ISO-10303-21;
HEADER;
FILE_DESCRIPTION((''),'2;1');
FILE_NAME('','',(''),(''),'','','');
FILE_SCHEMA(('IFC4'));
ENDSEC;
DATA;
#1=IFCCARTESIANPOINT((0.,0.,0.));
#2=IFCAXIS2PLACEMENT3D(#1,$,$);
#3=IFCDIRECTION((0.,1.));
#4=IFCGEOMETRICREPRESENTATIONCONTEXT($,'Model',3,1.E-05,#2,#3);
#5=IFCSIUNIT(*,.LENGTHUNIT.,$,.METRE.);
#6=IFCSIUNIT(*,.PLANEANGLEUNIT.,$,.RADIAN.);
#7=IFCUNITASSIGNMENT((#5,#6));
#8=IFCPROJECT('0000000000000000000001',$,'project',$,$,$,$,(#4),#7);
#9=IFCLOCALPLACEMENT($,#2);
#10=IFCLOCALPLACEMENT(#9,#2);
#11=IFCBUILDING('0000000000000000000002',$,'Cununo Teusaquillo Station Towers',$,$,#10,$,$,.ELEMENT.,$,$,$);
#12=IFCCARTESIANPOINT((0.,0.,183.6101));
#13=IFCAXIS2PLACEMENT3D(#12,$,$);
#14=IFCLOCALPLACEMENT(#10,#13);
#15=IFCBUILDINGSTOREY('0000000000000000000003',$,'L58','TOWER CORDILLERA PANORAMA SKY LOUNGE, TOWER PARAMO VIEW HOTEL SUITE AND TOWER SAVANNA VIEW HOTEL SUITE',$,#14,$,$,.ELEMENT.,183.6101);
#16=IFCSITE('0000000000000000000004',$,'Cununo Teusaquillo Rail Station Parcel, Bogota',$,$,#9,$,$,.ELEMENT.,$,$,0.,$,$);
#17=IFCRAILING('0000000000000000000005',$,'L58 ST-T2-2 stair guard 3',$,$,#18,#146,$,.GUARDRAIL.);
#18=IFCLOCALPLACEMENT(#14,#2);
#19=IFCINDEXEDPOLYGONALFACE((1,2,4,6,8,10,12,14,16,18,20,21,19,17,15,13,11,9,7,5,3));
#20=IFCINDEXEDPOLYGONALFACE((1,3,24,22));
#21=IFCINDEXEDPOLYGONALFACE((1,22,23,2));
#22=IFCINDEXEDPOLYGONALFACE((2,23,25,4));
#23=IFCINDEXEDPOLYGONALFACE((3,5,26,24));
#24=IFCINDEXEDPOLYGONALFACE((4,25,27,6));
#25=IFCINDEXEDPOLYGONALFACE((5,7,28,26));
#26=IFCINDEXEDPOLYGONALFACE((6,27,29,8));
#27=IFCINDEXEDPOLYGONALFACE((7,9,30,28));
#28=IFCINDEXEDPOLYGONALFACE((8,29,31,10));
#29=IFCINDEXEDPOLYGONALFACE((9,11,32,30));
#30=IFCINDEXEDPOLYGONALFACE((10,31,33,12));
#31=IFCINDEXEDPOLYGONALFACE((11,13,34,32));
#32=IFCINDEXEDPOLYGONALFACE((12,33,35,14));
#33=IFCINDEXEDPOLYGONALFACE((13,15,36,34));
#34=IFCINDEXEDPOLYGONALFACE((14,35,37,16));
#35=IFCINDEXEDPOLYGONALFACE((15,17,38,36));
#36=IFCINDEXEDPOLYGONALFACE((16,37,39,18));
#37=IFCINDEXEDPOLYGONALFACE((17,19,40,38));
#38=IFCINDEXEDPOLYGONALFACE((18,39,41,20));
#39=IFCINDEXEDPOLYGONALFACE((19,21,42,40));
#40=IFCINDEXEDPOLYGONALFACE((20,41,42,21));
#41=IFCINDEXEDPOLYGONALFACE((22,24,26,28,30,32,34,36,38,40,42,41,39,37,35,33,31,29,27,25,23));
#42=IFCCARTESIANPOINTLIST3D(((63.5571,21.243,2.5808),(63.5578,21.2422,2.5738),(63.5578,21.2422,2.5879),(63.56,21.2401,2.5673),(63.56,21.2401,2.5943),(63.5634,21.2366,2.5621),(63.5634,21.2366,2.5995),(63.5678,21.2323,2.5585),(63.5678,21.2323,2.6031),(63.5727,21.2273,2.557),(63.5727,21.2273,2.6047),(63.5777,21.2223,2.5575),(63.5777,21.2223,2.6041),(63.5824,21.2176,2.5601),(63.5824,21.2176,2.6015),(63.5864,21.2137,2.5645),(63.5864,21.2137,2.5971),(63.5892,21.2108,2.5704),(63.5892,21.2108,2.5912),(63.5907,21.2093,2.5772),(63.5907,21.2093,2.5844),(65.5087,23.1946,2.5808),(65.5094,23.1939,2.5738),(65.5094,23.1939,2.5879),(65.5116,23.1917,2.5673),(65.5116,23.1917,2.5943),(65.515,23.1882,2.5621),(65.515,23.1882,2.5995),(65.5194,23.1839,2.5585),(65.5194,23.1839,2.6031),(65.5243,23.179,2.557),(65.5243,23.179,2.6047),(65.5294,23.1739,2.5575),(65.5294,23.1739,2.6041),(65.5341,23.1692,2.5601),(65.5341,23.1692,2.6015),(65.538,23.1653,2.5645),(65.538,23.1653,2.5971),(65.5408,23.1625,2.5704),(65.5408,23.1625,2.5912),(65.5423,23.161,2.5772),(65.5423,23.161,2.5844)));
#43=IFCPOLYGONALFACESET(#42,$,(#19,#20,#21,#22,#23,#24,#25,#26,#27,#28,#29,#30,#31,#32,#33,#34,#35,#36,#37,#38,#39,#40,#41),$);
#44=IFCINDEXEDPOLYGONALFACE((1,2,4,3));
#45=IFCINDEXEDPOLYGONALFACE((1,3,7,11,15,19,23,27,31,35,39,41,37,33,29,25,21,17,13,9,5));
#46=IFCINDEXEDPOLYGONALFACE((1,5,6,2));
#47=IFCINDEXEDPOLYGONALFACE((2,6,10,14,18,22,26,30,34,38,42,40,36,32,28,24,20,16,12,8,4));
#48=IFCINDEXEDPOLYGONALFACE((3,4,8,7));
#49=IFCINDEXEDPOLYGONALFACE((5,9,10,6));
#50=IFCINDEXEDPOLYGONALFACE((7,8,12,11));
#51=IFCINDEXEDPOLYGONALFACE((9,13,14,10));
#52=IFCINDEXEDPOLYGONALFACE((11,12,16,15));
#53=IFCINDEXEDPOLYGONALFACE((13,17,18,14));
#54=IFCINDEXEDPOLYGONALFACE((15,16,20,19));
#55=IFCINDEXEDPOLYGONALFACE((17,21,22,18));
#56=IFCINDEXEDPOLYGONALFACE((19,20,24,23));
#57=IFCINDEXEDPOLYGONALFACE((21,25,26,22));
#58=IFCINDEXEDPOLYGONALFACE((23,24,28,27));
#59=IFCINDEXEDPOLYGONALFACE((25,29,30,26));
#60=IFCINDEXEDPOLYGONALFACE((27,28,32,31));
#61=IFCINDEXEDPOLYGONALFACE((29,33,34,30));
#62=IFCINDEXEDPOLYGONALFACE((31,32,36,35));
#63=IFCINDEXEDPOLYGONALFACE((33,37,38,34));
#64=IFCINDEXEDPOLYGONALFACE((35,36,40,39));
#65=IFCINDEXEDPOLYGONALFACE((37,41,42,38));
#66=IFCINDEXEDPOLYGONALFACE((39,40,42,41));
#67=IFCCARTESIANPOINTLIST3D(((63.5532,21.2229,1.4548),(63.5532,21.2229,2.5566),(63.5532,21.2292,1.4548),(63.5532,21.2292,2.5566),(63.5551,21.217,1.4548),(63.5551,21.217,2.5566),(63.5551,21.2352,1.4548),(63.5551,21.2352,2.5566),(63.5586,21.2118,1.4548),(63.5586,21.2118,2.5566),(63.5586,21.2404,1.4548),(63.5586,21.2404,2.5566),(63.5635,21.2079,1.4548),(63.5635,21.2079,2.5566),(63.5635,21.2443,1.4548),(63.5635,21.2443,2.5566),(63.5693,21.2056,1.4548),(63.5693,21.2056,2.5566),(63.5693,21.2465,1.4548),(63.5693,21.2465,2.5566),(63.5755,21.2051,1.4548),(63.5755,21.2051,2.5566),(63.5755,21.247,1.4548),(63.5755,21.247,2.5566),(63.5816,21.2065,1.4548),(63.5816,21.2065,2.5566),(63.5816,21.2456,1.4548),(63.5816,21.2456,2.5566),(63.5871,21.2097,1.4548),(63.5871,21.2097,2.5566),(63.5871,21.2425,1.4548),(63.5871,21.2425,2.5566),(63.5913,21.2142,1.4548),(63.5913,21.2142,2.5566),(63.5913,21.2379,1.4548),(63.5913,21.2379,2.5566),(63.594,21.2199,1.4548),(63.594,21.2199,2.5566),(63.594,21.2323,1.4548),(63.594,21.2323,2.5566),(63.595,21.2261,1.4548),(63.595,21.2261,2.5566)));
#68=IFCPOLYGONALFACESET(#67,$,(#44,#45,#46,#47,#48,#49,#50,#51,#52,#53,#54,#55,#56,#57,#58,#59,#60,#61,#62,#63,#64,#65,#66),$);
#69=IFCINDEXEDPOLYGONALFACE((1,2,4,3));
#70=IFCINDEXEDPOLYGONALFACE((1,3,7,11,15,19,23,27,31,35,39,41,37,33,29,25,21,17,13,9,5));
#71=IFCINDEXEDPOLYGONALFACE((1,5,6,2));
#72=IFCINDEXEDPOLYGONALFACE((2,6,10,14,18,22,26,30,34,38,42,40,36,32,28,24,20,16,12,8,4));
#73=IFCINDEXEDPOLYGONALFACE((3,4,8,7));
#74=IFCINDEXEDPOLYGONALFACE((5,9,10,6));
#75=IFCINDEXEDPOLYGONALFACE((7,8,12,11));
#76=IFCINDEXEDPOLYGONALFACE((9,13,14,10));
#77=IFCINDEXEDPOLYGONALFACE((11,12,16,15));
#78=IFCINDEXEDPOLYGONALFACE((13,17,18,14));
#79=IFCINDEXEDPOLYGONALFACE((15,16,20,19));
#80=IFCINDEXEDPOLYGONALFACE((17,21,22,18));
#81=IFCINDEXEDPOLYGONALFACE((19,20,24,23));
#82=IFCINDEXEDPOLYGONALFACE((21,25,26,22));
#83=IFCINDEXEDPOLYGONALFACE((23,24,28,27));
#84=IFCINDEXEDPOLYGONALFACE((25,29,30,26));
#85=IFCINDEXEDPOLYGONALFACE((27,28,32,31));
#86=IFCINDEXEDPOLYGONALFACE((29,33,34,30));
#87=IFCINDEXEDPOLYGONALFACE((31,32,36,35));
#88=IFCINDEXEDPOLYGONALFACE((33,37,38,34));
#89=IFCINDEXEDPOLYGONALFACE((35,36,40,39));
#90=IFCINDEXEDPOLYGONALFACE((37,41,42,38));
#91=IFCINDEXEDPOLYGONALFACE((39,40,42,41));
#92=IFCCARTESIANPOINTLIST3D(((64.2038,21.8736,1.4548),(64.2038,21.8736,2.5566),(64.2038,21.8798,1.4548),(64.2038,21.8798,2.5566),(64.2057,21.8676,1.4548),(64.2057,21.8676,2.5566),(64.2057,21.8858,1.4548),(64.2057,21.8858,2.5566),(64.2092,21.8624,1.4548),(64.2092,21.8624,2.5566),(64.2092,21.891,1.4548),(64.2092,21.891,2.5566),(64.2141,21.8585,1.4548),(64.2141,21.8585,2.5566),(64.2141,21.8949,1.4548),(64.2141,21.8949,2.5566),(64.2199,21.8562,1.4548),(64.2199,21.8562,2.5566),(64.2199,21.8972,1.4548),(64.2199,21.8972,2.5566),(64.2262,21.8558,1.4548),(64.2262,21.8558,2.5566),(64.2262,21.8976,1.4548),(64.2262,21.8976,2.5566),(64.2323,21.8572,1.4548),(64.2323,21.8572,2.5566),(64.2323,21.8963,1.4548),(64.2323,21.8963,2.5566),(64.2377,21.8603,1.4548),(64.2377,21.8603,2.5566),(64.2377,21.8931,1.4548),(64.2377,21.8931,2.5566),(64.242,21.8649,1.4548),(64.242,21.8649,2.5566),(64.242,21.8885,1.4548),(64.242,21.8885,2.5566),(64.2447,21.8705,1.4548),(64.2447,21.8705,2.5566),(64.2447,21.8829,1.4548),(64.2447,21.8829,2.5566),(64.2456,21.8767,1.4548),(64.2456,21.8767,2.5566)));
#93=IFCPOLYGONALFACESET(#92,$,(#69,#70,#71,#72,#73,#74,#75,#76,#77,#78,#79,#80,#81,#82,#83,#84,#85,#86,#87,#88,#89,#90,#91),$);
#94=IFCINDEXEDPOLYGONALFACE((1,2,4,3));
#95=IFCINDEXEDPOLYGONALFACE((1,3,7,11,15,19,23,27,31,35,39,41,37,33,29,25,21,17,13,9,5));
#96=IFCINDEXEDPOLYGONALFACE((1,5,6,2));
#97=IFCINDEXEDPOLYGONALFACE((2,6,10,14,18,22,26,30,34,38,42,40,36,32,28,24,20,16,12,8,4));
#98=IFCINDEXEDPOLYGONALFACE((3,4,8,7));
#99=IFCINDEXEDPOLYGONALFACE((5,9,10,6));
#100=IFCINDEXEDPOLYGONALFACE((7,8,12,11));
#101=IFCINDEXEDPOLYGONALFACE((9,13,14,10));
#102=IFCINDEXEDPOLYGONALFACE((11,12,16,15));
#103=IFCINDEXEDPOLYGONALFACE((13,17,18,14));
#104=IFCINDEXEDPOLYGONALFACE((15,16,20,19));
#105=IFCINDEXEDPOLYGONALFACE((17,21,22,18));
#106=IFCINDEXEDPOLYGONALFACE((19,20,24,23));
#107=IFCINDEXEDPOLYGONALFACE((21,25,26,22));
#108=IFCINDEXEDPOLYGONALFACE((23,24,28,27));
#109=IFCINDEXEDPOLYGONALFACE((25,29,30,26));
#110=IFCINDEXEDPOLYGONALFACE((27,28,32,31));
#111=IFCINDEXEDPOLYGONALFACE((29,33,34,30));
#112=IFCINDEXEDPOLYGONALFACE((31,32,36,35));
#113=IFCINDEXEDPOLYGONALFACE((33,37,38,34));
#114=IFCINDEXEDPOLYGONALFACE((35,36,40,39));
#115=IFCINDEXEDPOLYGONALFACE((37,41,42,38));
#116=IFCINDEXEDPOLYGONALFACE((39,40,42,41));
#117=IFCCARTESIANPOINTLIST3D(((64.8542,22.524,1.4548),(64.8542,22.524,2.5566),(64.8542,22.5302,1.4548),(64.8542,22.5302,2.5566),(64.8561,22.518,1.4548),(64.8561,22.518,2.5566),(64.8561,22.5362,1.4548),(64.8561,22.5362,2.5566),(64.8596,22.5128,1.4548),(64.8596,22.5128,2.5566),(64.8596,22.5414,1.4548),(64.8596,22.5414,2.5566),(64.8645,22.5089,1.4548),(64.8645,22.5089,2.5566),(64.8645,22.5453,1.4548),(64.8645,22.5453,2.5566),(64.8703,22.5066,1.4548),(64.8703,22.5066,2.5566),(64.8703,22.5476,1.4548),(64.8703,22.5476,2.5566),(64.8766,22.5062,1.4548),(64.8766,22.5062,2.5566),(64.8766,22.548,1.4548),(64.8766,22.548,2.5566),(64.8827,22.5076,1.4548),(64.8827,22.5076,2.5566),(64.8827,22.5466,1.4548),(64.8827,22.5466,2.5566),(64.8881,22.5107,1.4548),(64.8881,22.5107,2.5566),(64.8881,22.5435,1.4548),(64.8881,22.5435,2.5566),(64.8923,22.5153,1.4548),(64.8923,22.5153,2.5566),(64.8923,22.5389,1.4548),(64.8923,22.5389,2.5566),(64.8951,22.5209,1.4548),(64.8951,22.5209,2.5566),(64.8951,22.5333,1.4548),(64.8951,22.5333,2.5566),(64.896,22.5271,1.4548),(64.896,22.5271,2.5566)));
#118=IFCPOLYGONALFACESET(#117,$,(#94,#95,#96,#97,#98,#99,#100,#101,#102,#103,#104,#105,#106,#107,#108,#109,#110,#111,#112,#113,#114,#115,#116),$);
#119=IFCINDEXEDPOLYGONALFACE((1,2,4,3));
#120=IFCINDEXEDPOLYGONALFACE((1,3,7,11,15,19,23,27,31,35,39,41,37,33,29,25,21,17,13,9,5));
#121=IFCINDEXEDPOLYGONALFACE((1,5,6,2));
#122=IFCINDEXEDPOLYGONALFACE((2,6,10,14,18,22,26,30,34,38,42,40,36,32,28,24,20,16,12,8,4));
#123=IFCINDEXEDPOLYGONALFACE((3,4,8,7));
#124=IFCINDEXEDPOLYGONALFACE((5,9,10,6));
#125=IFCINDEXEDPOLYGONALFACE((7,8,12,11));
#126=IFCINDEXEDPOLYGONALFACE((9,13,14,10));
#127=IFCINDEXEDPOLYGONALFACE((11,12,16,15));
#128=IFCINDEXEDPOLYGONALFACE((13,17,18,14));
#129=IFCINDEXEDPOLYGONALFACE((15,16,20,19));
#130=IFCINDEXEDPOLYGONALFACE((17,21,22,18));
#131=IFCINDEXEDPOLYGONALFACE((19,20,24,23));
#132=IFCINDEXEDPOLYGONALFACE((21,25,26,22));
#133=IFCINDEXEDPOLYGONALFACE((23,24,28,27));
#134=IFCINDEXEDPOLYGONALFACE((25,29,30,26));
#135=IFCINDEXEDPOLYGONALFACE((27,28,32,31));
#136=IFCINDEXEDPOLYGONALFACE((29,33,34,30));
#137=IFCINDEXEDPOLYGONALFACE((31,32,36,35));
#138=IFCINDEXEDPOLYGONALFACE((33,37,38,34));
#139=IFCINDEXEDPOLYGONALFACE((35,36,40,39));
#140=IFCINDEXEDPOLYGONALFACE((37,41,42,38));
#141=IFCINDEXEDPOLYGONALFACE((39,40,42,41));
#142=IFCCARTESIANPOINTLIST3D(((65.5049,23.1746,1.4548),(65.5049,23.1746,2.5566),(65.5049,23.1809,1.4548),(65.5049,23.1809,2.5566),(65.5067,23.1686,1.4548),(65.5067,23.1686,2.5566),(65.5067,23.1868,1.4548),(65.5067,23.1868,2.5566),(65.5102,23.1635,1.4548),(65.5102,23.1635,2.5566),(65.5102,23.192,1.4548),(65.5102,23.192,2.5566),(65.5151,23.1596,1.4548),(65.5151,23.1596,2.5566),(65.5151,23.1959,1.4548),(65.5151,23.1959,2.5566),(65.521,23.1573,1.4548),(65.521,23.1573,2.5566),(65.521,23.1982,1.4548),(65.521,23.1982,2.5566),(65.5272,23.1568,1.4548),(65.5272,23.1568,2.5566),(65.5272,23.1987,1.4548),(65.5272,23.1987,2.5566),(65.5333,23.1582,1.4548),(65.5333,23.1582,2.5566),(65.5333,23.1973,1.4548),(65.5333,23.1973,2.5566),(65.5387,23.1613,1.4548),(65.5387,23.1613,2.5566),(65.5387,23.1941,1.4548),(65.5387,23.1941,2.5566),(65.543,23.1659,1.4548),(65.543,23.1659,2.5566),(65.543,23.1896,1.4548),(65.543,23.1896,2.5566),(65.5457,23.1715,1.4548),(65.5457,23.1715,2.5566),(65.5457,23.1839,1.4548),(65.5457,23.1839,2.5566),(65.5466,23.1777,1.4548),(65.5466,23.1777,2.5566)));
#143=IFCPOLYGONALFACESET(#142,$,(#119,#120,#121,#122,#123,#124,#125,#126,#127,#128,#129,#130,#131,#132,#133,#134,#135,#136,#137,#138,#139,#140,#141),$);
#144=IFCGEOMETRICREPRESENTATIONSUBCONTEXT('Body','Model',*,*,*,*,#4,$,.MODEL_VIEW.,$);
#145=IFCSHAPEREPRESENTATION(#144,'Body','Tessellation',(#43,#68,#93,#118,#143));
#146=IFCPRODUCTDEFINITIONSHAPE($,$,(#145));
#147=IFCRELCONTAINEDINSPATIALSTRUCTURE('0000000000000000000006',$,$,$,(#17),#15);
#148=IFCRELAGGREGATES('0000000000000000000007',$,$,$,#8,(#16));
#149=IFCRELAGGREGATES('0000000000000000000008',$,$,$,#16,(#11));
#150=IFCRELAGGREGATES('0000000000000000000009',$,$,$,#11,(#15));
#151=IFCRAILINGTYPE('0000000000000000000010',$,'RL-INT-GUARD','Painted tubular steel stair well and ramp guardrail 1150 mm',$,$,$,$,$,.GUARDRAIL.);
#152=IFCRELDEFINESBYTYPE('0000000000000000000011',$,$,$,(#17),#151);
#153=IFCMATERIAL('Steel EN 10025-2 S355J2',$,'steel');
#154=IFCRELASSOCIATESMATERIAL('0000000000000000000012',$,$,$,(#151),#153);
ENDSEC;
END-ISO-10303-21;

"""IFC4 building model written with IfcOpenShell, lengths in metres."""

from ifc_helpers import new_model, si_unit, direction, frame, origin, origin_2d, place, context, subcontext, project, spatial, circle, extrude, material, type_object, element, save


model = new_model("IFC4")

# Units and contexts
model_context = context("Model", 3, precision=1e-05, world=origin(), true_north=direction((0.0, 1.0)))
body_context = subcontext(model_context, "Body", "Model", "MODEL_VIEW")
ifc_project = project(units=[si_unit("LENGTHUNIT", "METRE"), si_unit("PLANEANGLEUNIT", "RADIAN")], contexts=[model_context])

# Site, building, storey
site_placement = place(None, origin())
site = spatial("IfcSite", under=ifc_project, at=site_placement, Name="Cununo Teusaquillo Rail Station Parcel, Bogota", CompositionType="ELEMENT", RefElevation=0.0)
building_placement = place(site_placement, origin())
building = spatial("IfcBuilding", under=site, at=building_placement, Name="Cununo Teusaquillo Station Towers", CompositionType="ELEMENT")
storey_placement = place(building_placement, frame((0.0, 0.0, 183.6101)))
storey = spatial("IfcBuildingStorey", under=building, at=storey_placement, Name="L58", Description="TOWER CORDILLERA PANORAMA SKY LOUNGE, TOWER PARAMO VIEW HOTEL SUITE AND TOWER SAVANNA VIEW HOTEL SUITE", CompositionType="ELEMENT", Elevation=183.6101)

# Railing
ifc_material_1 = material(Name="Steel EN 10025-2 S355J2", Category="steel")
railing_type = type_object("IfcRailingType", Name="RL-INT-GUARD", Description="Painted tubular steel stair well and ramp guardrail 1150 mm", PredefinedType="GUARDRAIL", material=ifc_material_1)
railing_1_placement = place(storey_placement, frame((63.574, 21.2261, 1.4548)))
element("IfcRailing", 1, at=railing_1_placement, inside=storey, type_object=railing_type, Name="L58 ST-T2-2 stair guard 3", PredefinedType="GUARDRAIL", context=body_context, shape_type="SweptSolid", body=[
    extrude(circle(Radius=0.0239, at=origin_2d()), frame((0.0, 0.0, 1.126), z_axis=(0.707107, 0.707107, 0.0), x_axis=(-0.707107, 0.707107, 0.0)), (0.0, 0.0, 1.0), 2.76),
    extrude(circle(Radius=0.021, at=origin_2d()), origin(), (0.0, 0.0, 1.0), 1.1018),
    extrude(circle(Radius=0.021, at=origin_2d()), frame((0.6506, 0.6506, 0.0)), (0.0, 0.0, 1.0), 1.1018),
    extrude(circle(Radius=0.021, at=origin_2d()), frame((1.301, 1.301, 0.0)), (0.0, 0.0, 1.0), 1.1018),
    extrude(circle(Radius=0.021, at=origin_2d()), frame((1.9517, 1.9517, 0.0)), (0.0, 0.0, 1.0), 1.1018),
])

save(model, "model.ifc")
